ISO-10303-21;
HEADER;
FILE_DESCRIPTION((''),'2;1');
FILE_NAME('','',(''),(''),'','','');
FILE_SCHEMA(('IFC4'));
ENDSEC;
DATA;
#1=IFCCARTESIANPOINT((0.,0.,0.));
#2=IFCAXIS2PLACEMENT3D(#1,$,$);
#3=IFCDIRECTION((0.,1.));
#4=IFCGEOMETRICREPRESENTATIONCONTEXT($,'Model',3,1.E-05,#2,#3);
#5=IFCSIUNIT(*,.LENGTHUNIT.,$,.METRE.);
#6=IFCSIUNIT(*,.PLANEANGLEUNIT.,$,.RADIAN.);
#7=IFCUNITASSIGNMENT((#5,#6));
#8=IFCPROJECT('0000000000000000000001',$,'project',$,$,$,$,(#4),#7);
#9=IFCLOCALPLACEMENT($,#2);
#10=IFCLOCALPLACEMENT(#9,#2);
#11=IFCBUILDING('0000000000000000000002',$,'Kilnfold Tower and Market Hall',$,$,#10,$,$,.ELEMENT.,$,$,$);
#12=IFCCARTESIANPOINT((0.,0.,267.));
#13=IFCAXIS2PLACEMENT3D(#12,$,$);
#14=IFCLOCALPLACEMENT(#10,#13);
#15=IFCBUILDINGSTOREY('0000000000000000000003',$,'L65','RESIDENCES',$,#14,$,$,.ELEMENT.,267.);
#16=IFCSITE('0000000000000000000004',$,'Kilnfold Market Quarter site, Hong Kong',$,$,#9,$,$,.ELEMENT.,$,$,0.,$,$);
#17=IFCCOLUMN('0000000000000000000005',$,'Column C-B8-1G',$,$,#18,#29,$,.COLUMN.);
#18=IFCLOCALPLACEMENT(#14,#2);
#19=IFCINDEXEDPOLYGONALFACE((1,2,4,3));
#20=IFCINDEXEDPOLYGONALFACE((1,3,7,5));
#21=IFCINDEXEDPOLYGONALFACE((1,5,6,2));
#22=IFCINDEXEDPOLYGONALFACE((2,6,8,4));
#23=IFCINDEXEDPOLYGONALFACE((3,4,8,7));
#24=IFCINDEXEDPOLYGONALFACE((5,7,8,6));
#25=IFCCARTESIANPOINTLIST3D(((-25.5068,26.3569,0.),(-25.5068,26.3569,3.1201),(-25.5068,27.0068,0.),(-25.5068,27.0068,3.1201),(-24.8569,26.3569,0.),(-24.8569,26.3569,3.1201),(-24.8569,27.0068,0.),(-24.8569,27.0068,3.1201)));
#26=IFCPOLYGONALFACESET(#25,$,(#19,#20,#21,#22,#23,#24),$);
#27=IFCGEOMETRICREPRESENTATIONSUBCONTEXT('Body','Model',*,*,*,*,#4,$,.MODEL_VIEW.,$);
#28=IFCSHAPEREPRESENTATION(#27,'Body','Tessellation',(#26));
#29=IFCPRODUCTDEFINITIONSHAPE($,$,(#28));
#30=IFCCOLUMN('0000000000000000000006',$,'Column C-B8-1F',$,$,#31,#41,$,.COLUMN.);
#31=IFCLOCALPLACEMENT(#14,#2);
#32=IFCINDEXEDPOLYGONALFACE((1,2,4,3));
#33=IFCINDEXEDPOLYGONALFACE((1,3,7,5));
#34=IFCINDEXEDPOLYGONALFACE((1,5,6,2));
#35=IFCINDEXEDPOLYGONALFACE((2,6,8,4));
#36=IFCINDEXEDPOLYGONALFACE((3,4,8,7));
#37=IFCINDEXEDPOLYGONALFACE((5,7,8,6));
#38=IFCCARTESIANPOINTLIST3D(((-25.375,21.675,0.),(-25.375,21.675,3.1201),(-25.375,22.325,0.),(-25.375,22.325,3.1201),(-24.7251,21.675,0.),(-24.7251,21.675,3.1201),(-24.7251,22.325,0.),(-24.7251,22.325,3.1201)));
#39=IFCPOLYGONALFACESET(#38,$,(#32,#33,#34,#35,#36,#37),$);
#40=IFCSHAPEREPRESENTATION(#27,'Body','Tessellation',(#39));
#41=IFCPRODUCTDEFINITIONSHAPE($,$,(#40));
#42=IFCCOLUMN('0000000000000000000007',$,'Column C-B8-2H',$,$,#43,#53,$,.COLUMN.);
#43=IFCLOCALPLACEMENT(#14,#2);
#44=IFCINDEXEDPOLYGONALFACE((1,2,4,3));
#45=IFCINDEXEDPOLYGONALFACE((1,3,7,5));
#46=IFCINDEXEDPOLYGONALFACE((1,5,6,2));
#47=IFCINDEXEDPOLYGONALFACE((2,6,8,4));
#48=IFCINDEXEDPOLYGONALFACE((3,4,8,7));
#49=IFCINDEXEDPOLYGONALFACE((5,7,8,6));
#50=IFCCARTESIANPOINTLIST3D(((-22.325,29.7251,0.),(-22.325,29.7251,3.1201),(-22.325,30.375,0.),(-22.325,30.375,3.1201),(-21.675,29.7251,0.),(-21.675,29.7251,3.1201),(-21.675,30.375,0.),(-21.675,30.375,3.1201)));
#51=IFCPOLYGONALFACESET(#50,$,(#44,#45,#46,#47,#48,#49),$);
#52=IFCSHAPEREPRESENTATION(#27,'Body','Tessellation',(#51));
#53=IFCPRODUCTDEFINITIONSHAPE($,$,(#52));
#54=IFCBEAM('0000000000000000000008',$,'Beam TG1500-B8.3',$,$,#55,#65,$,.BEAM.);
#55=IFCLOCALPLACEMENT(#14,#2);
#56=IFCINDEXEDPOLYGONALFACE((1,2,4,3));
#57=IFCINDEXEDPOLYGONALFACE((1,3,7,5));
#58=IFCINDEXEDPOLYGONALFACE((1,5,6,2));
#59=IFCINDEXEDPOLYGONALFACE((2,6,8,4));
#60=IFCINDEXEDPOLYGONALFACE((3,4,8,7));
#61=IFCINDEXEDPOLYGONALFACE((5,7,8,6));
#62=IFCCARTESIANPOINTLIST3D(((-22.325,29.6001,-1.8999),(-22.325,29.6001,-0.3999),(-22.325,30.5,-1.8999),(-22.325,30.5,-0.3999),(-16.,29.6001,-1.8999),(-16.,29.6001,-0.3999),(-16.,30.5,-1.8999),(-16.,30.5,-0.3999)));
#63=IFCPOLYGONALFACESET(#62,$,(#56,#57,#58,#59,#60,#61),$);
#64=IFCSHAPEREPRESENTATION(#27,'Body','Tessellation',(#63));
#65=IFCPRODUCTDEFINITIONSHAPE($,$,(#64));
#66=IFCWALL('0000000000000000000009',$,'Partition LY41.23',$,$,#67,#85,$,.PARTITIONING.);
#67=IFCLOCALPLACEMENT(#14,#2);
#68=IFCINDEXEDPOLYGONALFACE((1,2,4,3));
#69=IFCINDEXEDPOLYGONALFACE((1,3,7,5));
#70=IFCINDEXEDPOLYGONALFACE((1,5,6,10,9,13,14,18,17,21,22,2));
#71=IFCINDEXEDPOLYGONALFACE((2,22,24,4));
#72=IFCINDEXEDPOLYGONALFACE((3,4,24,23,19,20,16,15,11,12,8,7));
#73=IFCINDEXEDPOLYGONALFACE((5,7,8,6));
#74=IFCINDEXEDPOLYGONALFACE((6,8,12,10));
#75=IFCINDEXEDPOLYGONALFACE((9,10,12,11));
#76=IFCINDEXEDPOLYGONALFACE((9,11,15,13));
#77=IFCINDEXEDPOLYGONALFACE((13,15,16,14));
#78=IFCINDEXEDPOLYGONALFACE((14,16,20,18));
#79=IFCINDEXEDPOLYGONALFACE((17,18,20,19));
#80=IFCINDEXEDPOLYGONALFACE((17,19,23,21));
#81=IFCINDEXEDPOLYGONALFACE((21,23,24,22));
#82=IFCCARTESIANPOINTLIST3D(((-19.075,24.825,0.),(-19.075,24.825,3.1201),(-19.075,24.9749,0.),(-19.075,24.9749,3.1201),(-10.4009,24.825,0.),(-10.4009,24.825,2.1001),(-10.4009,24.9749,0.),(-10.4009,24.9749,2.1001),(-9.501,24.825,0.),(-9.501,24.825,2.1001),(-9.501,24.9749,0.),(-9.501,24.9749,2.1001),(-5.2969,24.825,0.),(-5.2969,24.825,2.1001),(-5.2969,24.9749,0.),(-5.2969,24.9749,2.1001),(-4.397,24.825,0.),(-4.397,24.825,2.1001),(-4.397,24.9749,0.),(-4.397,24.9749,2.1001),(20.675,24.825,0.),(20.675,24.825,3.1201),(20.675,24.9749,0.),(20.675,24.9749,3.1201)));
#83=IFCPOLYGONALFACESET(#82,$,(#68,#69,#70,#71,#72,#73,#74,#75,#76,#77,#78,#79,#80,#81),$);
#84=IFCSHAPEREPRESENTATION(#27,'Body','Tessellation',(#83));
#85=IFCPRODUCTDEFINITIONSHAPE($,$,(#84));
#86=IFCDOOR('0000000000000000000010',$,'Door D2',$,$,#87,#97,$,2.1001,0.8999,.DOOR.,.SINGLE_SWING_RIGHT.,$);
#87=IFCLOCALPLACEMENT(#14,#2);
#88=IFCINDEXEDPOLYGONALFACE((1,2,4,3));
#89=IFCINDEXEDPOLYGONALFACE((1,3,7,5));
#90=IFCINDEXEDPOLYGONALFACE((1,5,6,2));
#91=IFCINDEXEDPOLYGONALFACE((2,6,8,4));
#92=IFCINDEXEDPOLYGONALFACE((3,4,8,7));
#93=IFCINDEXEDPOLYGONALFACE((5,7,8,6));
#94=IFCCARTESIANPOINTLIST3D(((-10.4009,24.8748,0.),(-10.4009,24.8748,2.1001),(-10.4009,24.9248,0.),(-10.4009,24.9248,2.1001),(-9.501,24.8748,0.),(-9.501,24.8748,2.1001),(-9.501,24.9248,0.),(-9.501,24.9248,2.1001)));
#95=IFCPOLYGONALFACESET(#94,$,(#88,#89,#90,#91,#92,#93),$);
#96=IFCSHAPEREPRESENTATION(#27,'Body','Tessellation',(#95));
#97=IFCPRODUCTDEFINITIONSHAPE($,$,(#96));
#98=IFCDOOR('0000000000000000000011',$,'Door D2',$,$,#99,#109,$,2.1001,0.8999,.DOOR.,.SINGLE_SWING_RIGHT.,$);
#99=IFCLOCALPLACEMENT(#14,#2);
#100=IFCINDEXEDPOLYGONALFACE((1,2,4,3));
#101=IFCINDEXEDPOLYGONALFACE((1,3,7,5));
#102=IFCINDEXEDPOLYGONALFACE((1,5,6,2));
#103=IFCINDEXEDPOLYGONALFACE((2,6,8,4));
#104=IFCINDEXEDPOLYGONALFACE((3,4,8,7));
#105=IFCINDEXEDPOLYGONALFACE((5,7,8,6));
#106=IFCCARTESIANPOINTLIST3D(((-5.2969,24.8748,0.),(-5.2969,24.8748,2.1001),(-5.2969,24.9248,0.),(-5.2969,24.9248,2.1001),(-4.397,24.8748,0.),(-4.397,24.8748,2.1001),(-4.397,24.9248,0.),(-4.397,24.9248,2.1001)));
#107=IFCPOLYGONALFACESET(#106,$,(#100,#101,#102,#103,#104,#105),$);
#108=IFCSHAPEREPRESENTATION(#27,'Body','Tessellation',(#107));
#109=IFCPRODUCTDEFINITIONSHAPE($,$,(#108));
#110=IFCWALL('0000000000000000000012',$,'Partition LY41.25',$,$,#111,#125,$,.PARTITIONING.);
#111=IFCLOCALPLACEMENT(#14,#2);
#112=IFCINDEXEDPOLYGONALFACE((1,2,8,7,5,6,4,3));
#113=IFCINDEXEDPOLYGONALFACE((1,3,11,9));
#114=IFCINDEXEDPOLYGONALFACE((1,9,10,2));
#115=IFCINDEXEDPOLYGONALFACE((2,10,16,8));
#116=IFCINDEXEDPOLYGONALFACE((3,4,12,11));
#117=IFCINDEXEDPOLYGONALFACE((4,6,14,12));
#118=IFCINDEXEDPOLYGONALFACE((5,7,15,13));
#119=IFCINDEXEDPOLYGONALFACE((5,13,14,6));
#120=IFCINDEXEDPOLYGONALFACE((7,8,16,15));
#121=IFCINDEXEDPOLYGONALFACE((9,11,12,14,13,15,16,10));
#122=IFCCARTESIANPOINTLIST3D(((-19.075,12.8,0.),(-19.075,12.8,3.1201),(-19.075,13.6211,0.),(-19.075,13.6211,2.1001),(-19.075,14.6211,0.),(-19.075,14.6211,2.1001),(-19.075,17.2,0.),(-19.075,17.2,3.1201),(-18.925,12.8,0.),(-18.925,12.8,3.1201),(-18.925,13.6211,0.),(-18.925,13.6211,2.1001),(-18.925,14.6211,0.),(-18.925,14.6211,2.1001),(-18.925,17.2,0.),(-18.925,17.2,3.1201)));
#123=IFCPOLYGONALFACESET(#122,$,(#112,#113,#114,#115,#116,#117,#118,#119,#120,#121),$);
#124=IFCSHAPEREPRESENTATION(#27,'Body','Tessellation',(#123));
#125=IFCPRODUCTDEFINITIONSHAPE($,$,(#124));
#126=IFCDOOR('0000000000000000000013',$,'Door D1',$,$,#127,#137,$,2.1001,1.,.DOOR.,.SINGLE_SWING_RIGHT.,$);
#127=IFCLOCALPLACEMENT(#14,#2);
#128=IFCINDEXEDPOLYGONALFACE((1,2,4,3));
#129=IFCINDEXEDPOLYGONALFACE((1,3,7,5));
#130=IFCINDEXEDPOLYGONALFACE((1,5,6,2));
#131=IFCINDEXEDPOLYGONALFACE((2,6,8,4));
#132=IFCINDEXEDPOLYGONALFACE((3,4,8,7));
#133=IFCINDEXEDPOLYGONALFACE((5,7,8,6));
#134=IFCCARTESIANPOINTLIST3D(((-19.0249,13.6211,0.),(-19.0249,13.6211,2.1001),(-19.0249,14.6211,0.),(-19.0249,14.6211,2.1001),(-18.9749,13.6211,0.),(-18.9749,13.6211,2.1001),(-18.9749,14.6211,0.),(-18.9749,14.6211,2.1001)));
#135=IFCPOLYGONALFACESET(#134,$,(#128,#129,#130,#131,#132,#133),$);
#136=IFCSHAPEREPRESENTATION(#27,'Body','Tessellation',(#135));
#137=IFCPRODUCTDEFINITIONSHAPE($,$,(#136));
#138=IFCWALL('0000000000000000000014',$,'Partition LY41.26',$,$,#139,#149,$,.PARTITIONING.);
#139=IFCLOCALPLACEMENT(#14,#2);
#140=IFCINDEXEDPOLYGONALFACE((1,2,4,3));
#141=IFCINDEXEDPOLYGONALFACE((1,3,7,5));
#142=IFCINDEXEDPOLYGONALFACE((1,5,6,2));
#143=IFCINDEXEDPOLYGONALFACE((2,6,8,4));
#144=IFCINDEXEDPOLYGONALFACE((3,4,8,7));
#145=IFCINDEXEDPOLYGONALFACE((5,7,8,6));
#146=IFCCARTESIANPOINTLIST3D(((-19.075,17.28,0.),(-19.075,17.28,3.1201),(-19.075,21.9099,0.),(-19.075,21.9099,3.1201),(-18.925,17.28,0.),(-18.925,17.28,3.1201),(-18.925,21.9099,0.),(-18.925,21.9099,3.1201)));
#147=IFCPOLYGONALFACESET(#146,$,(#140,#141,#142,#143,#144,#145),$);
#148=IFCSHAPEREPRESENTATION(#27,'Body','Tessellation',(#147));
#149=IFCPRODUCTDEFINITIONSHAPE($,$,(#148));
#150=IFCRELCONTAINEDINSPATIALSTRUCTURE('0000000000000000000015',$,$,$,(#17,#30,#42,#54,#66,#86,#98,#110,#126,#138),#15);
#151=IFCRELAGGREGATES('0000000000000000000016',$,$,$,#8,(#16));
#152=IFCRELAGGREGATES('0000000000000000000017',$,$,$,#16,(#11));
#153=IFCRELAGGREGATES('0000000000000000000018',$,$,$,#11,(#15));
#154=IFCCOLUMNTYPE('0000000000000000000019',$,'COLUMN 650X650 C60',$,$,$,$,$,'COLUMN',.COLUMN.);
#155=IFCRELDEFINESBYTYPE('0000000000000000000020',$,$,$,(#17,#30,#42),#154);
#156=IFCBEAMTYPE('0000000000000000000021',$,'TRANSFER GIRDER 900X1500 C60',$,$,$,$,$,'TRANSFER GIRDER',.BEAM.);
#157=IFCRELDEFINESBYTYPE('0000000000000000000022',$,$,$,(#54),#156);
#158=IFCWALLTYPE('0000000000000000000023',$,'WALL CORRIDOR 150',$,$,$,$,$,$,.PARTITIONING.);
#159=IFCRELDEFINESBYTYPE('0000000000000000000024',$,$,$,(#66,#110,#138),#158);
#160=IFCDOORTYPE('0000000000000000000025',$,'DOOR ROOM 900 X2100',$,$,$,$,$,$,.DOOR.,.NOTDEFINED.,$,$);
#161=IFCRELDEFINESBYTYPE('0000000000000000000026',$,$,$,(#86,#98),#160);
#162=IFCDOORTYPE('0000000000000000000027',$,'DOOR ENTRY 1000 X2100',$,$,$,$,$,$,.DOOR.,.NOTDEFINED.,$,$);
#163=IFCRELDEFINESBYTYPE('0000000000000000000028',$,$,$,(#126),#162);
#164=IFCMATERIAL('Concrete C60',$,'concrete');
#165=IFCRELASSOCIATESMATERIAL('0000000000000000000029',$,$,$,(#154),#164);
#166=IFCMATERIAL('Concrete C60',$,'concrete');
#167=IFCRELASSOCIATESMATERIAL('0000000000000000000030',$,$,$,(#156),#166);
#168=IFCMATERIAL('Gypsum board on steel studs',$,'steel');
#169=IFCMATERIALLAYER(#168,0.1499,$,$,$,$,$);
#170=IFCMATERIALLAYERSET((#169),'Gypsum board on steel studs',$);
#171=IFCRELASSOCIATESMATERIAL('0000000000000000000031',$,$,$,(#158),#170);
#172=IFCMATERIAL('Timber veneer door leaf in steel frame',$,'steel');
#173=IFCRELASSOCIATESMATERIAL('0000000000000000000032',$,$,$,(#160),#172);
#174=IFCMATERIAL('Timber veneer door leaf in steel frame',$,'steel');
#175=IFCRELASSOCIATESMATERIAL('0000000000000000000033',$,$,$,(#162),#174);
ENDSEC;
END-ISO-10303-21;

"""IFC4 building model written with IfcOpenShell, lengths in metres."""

from ifc_helpers import new_model, si_unit, direction, frame, frame_2d, origin, origin_2d, place, context, subcontext, project, spatial, rectangle, extrude, source, transform, mapped, material, layer, layer_set, material_profile, profile_set, type_object, element, fill, save


model = new_model("IFC4")

# Units and contexts
model_context = context("Model", 3, precision=1e-05, world=origin(), true_north=direction((0.0, 1.0)))
body_context = subcontext(model_context, "Body", "Model", "MODEL_VIEW")
ifc_project = project(units=[si_unit("LENGTHUNIT", "METRE"), si_unit("PLANEANGLEUNIT", "RADIAN")], contexts=[model_context])

# Site, building, storey
site_placement = place(None, origin())
site = spatial("IfcSite", under=ifc_project, at=site_placement, Name="Kilnfold Market Quarter site, Hong Kong", CompositionType="ELEMENT", RefElevation=0.0)
building_placement = place(site_placement, origin())
building = spatial("IfcBuilding", under=site, at=building_placement, Name="Kilnfold Tower and Market Hall", CompositionType="ELEMENT")
storey_placement = place(building_placement, frame((0.0, 0.0, 267.0)))
storey = spatial("IfcBuildingStorey", under=building, at=storey_placement, Name="L65", Description="RESIDENCES", CompositionType="ELEMENT", Elevation=267.0)

# Columns
ifc_material_1 = material(Name="Concrete C60", Category="concrete")
ifc_material_profile_1 = material_profile(ifc_material_1, rectangle(XDim=0.6499, YDim=0.6499, at=origin_2d()), Name="RC 650x650")
ifc_profile_set_1 = profile_set([ifc_material_profile_1], Name="Concrete C60")
column_type = type_object("IfcColumnType", Name="COLUMN 650X650 C60", ElementType="COLUMN", PredefinedType="COLUMN", material=ifc_profile_set_1)
shared_shape_1 = source(origin(), body_context, "Body", "SweptSolid", [
    extrude(rectangle(XDim=0.6499, YDim=0.6499, at=origin_2d()), origin(), (0.0, 0.0, 1.0), 3.1201),
])
for number, where, z_axis, x_axis, name in (
    (1, (-25.1819, 26.6819, 0.0), (0.0, 0.0, 1.0), (1.0, 0.0, 0.0), "Column C-B8-1G"),
    (2, (-25.05, 22.0, 0.0), (0.0, 0.0, 1.0), (1.0, 0.0, 0.0), "Column C-B8-1F"),
    (3, (-22.0, 30.05, 0.0), (0.0, 0.0, 1.0), (1.0, 0.0, 0.0), "Column C-B8-2H"),
):
    element("IfcColumn", number, at=place(storey_placement, frame(where, z_axis=z_axis, x_axis=x_axis)), inside=storey, type_object=column_type, Name=name, PredefinedType="COLUMN", context=body_context, shape_type="MappedRepresentation", body=[
        mapped(shared_shape_1, transform((0.0, 0.0, 0.0))),
    ])

# Beam
ifc_material_2 = material(Name="Concrete C60", Category="concrete")
ifc_material_profile_2 = material_profile(ifc_material_2, rectangle(XDim=0.8999, YDim=1.5, at=origin_2d()), Name="RC 900x1500")
ifc_profile_set_2 = profile_set([ifc_material_profile_2], Name="Concrete C60")
beam_type = type_object("IfcBeamType", Name="TRANSFER GIRDER 900X1500 C60", ElementType="TRANSFER GIRDER", PredefinedType="BEAM", material=ifc_profile_set_2)
shared_shape_2 = source(origin(), body_context, "Body", "SweptSolid", [
    extrude(rectangle(XDim=0.8999, YDim=1.5, at=origin_2d()), origin(), (0.0, 0.0, 1.0), 6.325),
])
beam_placement = place(storey_placement, frame((-22.325, 30.05, -1.1499), z_axis=(1.0, 0.0, 0.0), x_axis=(0.0, 1.0, 0.0)))
element("IfcBeam", 4, at=beam_placement, inside=storey, type_object=beam_type, Name="Beam TG1500-B8.3", PredefinedType="BEAM", context=body_context, shape_type="MappedRepresentation", body=[
    mapped(shared_shape_2, transform((0.0, 0.0, 0.0))),
])

# Wall, openings, doors
ifc_material_3 = material(Name="Gypsum board on steel studs", Category="steel")
ifc_layer_1 = layer(ifc_material_3, 0.1499)
ifc_layer_set_1 = layer_set([ifc_layer_1], Name="Gypsum board on steel studs")
wall_type_1 = type_object("IfcWallType", Name="WALL CORRIDOR 150", PredefinedType="PARTITIONING", material=ifc_layer_set_1)
wall_1_placement = place(storey_placement, frame((-19.075, 24.8999, 0.0), z_axis=(0.0, 0.0, 1.0), x_axis=(1.0, 0.0, 0.0)))
wall_1 = element("IfcWall", 5, at=wall_1_placement, inside=storey, type_object=wall_type_1, Name="Partition LY41.23", PredefinedType="PARTITIONING", context=body_context, shape_type="SweptSolid", body=[
    extrude(rectangle(XDim=39.75, YDim=0.1499, at=frame_2d((19.875, 0.0))), origin(), (0.0, 0.0, 1.0), 3.1201),
])
opening_1_placement = place(wall_1_placement, frame((8.6741, 0.0, 0.0)))
opening_1 = element("IfcOpeningElement", 6, at=opening_1_placement, cuts=wall_1, PredefinedType="OPENING", context=body_context, shape_type="SweptSolid", body=[
    extrude(rectangle(XDim=0.8999, YDim=2.1001, at=frame_2d((0.45, 1.05))), frame((0.0, 0.085, 0.0), z_axis=(0.0, -1.0, 0.0), x_axis=(1.0, 0.0, 0.0)), (0.0, 0.0, 1.0), 0.1699),
])
opening_2_placement = place(wall_1_placement, frame((13.7781, 0.0, 0.0)))
opening_2 = element("IfcOpeningElement", 7, at=opening_2_placement, cuts=wall_1, PredefinedType="OPENING", context=body_context, shape_type="SweptSolid", body=[
    extrude(rectangle(XDim=0.8999, YDim=2.1001, at=frame_2d((0.45, 1.05))), frame((0.0, 0.085, 0.0), z_axis=(0.0, -1.0, 0.0), x_axis=(1.0, 0.0, 0.0)), (0.0, 0.0, 1.0), 0.1699),
])
ifc_material_4 = material(Name="Timber veneer door leaf in steel frame", Category="steel")
door_type_1 = type_object("IfcDoorType", Name="DOOR ROOM 900 X2100", OperationType="NOTDEFINED", PredefinedType="DOOR", material=ifc_material_4)
door_1_placement = place(opening_1_placement, origin())
door_1 = element("IfcDoor", 8, at=door_1_placement, inside=storey, type_object=door_type_1, Name="Door D2", OperationType="SINGLE_SWING_RIGHT", OverallHeight=2.1001, OverallWidth=0.8999, PredefinedType="DOOR", context=body_context, shape_type="SweptSolid", body=[
    extrude(rectangle(XDim=0.8999, YDim=2.1001, at=frame_2d((0.45, 1.05))), frame((0.0, 0.0249, 0.0), z_axis=(0.0, -1.0, 0.0), x_axis=(1.0, 0.0, 0.0)), (0.0, 0.0, 1.0), 0.05),
])
fill(opening_1, door_1)
door_2_placement = place(opening_2_placement, origin())
door_2 = element("IfcDoor", 9, at=door_2_placement, inside=storey, type_object=door_type_1, Name="Door D2", OperationType="SINGLE_SWING_RIGHT", OverallHeight=2.1001, OverallWidth=0.8999, PredefinedType="DOOR", context=body_context, shape_type="SweptSolid", body=[
    extrude(rectangle(XDim=0.8999, YDim=2.1001, at=frame_2d((0.45, 1.05))), frame((0.0, 0.0249, 0.0), z_axis=(0.0, -1.0, 0.0), x_axis=(1.0, 0.0, 0.0)), (0.0, 0.0, 1.0), 0.05),
])
fill(opening_2, door_2)

# Wall, opening, door
wall_2_placement = place(storey_placement, frame((-19.0, 12.8, 0.0), z_axis=(0.0, 0.0, 1.0), x_axis=(0.0, 1.0, 0.0)))
wall_2 = element("IfcWall", 10, at=wall_2_placement, inside=storey, type_object=wall_type_1, Name="Partition LY41.25", PredefinedType="PARTITIONING", context=body_context, shape_type="SweptSolid", body=[
    extrude(rectangle(XDim=4.3999, YDim=0.1499, at=frame_2d((2.2, 0.0))), origin(), (0.0, 0.0, 1.0), 3.1201),
])
opening_3_placement = place(wall_2_placement, frame((0.821, 0.0, 0.0)))
opening_3 = element("IfcOpeningElement", 11, at=opening_3_placement, cuts=wall_2, PredefinedType="OPENING", context=body_context, shape_type="SweptSolid", body=[
    extrude(rectangle(XDim=1.0, YDim=2.1001, at=frame_2d((0.5, 1.05))), frame((0.0, 0.085, 0.0), z_axis=(0.0, -1.0, 0.0), x_axis=(1.0, 0.0, 0.0)), (0.0, 0.0, 1.0), 0.1699),
])
ifc_material_5 = material(Name="Timber veneer door leaf in steel frame", Category="steel")
door_type_2 = type_object("IfcDoorType", Name="DOOR ENTRY 1000 X2100", OperationType="NOTDEFINED", PredefinedType="DOOR", material=ifc_material_5)
door_3_placement = place(opening_3_placement, origin())
door_3 = element("IfcDoor", 12, at=door_3_placement, inside=storey, type_object=door_type_2, Name="Door D1", OperationType="SINGLE_SWING_RIGHT", OverallHeight=2.1001, OverallWidth=1.0, PredefinedType="DOOR", context=body_context, shape_type="SweptSolid", body=[
    extrude(rectangle(XDim=1.0, YDim=2.1001, at=frame_2d((0.5, 1.05))), frame((0.0, 0.0249, 0.0), z_axis=(0.0, -1.0, 0.0), x_axis=(1.0, 0.0, 0.0)), (0.0, 0.0, 1.0), 0.05),
])
fill(opening_3, door_3)

# Wall
wall_3_placement = place(storey_placement, frame((-19.0, 17.28, 0.0), z_axis=(0.0, 0.0, 1.0), x_axis=(0.0, 1.0, 0.0)))
element("IfcWall", 13, at=wall_3_placement, inside=storey, type_object=wall_type_1, Name="Partition LY41.26", PredefinedType="PARTITIONING", context=body_context, shape_type="SweptSolid", body=[
    extrude(rectangle(XDim=4.6299, YDim=0.1499, at=frame_2d((2.3149, 0.0))), origin(), (0.0, 0.0, 1.0), 3.1201),
])

save(model, "model.ifc")
